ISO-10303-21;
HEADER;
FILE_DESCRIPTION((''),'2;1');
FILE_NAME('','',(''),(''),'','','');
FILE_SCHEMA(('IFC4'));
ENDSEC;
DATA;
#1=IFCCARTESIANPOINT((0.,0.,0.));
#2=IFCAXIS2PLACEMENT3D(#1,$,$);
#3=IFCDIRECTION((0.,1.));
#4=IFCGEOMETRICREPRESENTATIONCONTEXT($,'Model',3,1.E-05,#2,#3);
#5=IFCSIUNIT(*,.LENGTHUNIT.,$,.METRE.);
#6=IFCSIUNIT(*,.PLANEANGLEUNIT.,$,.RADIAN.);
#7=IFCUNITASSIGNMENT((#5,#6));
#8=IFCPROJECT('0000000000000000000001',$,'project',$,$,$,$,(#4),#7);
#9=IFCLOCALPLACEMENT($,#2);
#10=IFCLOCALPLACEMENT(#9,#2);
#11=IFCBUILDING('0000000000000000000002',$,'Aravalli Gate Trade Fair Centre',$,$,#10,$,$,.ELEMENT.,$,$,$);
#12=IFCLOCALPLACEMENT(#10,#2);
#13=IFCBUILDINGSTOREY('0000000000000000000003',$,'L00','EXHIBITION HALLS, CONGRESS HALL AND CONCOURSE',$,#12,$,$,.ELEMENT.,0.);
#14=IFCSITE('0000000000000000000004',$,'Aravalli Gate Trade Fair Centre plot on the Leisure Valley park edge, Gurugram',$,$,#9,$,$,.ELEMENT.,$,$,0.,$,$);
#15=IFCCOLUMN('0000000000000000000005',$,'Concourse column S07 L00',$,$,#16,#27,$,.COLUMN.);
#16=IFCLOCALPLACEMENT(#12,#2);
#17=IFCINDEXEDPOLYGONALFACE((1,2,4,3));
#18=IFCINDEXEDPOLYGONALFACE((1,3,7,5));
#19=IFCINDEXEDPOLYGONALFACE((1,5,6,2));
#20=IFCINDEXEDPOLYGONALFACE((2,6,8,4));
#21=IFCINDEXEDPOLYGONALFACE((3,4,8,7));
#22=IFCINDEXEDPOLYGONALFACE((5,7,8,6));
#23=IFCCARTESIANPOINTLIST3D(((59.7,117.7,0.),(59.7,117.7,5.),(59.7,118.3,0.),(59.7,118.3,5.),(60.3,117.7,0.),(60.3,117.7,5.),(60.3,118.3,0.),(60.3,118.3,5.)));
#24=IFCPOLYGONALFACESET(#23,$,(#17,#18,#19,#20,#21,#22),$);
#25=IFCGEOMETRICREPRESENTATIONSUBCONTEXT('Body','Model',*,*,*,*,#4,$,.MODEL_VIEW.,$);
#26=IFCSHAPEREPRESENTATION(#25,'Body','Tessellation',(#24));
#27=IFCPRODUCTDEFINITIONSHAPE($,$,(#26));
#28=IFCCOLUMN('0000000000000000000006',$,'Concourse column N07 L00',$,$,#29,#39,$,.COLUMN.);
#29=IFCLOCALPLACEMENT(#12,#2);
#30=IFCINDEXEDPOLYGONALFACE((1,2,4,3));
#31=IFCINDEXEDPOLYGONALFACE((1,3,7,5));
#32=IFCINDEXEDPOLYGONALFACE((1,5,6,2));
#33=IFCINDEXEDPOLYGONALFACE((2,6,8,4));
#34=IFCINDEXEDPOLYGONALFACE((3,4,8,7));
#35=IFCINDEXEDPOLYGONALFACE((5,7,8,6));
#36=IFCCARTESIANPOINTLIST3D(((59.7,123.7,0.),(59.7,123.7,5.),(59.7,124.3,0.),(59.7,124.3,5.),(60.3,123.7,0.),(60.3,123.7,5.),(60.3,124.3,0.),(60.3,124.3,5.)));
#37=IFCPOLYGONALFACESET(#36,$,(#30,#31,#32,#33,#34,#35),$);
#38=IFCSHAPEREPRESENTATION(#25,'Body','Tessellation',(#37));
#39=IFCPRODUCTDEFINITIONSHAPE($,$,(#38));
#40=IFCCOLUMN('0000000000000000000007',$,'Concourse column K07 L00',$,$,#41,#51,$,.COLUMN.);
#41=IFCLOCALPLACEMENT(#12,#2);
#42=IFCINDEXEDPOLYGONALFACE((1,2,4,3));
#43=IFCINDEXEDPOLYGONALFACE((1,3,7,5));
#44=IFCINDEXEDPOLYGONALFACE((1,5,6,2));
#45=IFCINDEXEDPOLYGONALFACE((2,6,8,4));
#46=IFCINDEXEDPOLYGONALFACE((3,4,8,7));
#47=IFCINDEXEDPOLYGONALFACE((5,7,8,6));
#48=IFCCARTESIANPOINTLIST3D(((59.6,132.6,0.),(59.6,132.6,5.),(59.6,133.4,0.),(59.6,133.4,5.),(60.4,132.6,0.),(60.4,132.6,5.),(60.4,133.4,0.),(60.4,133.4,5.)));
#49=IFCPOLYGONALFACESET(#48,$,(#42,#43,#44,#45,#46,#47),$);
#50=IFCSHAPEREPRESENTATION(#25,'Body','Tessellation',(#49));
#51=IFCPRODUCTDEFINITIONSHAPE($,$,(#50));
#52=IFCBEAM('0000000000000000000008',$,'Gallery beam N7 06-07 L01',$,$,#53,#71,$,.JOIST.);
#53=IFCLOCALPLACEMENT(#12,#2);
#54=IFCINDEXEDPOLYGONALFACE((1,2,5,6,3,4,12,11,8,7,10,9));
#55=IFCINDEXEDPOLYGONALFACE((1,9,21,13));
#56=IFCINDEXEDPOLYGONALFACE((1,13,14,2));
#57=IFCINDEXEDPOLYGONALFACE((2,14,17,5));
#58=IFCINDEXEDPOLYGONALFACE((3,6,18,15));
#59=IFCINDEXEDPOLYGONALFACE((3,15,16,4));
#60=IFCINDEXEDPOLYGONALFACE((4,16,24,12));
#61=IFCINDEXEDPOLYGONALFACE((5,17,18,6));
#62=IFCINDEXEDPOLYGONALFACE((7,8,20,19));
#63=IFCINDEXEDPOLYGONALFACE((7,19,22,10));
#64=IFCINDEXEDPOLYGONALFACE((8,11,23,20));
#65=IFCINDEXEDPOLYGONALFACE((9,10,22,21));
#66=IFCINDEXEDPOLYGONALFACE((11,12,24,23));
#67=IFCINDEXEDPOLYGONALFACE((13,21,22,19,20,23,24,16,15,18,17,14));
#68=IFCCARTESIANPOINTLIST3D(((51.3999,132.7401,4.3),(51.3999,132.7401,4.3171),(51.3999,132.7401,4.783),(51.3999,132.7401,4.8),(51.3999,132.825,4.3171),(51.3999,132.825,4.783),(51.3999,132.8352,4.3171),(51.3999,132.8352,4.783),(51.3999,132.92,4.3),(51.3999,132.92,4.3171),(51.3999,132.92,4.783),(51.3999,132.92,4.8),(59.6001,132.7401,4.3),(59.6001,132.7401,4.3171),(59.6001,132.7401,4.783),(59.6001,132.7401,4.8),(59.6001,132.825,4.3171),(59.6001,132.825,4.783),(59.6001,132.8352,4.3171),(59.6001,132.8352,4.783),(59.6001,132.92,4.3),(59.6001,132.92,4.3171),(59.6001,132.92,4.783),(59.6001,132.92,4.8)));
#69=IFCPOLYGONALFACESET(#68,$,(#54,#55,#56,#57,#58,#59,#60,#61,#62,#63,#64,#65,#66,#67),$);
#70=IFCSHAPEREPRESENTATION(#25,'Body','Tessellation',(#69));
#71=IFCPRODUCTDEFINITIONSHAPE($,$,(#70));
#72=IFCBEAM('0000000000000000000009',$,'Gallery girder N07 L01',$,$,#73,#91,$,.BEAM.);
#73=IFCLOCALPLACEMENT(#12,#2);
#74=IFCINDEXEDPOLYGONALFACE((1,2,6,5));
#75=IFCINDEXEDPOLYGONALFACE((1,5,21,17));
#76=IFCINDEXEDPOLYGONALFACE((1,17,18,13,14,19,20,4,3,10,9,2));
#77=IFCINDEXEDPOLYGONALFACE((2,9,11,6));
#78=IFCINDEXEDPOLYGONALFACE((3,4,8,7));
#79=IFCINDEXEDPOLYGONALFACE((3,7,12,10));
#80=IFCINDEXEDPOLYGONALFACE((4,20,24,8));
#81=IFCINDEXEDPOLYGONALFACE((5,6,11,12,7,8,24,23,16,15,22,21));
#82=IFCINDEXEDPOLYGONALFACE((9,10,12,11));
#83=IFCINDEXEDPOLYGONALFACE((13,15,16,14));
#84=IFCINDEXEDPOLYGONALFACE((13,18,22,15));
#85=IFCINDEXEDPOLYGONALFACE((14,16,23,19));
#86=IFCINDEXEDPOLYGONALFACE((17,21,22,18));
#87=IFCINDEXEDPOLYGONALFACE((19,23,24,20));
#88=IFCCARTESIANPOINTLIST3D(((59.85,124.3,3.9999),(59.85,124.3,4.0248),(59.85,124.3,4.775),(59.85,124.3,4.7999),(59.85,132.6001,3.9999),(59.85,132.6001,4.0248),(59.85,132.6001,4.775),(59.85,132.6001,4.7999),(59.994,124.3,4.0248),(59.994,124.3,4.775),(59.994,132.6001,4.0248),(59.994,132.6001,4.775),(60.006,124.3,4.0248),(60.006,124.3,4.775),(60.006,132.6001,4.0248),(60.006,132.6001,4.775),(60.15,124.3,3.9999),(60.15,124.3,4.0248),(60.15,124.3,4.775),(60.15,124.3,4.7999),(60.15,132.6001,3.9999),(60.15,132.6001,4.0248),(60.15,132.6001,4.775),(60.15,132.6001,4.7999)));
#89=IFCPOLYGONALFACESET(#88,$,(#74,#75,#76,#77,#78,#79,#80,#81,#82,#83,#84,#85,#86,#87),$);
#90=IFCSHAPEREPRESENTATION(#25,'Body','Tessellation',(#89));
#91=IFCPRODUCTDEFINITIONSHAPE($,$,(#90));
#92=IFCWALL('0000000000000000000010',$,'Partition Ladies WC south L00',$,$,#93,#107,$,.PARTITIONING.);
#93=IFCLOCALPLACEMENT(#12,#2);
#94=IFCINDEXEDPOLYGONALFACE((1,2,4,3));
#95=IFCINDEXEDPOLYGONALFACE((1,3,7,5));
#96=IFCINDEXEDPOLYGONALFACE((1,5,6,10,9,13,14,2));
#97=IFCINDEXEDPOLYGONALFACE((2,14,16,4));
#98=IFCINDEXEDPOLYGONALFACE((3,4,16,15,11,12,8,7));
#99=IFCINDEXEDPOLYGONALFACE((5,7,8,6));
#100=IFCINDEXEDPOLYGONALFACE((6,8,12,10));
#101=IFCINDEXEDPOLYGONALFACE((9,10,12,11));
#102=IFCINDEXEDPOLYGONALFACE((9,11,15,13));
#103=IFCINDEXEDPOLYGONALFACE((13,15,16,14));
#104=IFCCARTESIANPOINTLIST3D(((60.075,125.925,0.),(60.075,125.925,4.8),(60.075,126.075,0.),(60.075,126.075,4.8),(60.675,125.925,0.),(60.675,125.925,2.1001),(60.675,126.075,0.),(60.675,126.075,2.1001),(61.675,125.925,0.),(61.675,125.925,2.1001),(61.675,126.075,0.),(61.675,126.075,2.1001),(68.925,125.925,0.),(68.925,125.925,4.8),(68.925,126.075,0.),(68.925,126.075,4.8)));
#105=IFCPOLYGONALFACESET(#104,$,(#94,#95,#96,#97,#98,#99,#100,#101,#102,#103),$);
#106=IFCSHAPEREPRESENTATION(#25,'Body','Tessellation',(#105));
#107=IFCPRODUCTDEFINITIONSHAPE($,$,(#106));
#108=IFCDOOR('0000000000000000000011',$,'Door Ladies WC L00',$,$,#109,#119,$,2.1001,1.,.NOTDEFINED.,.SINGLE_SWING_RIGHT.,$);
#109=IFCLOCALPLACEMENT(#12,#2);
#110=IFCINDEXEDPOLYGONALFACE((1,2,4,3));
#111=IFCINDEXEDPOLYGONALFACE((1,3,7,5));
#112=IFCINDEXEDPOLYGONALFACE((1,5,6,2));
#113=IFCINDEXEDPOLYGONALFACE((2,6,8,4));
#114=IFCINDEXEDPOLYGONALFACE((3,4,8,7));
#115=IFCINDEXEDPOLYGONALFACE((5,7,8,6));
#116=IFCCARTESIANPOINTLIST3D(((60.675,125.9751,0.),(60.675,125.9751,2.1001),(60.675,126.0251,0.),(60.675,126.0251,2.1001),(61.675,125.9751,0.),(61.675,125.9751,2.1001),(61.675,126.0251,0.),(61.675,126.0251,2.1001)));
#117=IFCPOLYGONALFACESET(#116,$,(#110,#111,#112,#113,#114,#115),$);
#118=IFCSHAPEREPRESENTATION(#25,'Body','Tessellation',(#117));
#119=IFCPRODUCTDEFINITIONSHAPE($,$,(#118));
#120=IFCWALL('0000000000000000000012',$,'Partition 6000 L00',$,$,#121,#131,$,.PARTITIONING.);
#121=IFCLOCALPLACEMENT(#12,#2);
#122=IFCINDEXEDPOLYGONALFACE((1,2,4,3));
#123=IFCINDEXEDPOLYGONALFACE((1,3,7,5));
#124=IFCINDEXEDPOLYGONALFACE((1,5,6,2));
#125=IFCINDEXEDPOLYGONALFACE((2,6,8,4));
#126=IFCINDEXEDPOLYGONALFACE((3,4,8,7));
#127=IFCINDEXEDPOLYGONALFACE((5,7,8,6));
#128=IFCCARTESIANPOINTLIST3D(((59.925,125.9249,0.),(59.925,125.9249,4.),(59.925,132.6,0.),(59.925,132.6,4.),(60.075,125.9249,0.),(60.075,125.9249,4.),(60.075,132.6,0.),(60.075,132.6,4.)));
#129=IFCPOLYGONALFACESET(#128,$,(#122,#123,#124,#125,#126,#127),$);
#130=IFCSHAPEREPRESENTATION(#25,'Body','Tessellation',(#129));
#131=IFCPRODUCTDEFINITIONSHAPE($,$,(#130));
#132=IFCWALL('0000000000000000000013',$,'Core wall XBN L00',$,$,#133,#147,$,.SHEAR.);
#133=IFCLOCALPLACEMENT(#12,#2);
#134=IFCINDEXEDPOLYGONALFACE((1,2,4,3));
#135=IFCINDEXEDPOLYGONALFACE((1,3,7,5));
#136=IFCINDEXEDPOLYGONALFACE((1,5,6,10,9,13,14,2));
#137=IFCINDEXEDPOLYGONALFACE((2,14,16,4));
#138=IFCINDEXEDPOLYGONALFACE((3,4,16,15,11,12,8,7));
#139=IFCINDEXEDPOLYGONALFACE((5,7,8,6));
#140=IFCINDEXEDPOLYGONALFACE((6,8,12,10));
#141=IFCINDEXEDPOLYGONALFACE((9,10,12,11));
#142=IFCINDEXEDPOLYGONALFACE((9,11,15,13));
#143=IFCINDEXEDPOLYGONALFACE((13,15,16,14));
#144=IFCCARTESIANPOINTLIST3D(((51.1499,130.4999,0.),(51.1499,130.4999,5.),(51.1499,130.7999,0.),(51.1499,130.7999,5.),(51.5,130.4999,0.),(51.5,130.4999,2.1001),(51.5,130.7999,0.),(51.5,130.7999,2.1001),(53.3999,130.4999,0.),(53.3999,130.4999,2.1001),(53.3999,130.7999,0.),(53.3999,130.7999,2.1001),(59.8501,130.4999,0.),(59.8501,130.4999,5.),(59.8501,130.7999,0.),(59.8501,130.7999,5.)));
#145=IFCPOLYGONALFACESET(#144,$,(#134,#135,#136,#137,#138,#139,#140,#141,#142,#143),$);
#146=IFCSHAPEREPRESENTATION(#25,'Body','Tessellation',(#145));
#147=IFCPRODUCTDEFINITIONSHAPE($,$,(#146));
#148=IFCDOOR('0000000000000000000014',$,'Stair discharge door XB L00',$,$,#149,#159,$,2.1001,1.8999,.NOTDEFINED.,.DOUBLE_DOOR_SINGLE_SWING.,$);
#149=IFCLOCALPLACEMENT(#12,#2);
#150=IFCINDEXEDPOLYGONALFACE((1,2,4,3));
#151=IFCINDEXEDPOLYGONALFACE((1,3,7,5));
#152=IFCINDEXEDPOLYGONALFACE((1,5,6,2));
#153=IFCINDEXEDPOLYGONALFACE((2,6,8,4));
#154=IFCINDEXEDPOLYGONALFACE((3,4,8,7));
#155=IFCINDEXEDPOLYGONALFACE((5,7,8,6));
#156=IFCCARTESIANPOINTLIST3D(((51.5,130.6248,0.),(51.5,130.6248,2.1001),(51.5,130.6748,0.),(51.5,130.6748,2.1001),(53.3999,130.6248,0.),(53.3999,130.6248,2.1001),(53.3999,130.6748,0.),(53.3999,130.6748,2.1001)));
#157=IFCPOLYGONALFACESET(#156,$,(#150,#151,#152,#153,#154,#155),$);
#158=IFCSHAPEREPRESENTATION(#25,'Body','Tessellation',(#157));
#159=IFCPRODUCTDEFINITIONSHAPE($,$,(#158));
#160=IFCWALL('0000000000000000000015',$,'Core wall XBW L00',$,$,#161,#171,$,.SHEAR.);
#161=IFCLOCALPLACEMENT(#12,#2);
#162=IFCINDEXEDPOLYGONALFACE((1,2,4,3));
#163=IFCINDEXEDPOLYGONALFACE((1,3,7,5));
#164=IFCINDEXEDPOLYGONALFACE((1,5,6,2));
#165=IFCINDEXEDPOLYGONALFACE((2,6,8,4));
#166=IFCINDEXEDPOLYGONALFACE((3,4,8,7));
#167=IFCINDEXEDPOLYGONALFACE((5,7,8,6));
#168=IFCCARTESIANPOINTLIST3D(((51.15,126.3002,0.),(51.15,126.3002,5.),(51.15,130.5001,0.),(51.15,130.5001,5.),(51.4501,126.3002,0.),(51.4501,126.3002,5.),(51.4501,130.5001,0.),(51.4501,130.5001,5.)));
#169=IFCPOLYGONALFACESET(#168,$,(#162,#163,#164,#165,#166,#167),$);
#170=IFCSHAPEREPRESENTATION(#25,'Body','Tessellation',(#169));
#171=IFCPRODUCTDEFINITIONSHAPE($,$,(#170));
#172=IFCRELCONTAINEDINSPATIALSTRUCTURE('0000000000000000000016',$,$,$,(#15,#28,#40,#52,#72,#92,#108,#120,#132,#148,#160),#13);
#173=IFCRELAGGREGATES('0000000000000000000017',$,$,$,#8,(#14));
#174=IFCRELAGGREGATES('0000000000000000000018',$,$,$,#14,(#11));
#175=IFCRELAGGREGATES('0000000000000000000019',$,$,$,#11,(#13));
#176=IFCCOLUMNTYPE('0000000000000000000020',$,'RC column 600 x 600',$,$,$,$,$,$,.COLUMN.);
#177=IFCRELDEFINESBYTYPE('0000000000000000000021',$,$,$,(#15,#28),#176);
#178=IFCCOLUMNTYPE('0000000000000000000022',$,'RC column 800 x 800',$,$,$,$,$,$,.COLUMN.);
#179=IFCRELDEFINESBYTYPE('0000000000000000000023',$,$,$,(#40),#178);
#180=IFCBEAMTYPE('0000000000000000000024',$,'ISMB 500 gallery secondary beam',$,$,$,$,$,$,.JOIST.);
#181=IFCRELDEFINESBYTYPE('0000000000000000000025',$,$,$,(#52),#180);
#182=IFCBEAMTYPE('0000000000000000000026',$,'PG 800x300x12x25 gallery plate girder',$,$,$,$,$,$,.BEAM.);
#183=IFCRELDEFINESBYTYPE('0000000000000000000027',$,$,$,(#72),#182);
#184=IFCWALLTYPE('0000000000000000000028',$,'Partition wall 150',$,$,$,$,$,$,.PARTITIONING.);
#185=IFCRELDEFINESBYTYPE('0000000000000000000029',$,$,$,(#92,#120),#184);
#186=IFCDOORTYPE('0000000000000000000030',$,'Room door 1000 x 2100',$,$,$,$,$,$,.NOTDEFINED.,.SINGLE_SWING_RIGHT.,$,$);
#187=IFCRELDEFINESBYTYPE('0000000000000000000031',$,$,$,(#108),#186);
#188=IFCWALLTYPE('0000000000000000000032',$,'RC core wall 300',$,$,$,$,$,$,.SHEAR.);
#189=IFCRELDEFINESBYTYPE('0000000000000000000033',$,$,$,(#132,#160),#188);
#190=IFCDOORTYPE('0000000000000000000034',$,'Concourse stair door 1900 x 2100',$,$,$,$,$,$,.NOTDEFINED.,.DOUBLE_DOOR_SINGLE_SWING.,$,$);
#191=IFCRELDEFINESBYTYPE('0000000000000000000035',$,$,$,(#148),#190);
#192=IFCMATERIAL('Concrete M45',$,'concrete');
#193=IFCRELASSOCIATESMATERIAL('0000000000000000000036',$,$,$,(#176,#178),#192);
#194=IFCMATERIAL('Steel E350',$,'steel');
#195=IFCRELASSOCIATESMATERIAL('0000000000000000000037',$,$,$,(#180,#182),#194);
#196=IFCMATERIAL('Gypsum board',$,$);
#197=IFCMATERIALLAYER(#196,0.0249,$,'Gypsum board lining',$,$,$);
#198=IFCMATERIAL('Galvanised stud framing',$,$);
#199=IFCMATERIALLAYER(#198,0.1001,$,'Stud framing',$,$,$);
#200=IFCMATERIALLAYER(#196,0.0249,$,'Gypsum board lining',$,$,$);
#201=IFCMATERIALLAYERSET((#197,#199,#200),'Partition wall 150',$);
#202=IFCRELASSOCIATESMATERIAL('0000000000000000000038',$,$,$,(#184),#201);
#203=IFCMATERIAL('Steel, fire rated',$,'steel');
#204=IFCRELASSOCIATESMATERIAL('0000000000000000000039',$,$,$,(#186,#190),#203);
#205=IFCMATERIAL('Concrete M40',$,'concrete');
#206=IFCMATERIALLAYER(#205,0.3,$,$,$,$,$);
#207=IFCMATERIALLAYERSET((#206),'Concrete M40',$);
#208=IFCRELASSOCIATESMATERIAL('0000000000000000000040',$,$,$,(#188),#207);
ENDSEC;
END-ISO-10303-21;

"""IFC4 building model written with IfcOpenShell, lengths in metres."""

from ifc_helpers import new_model, si_unit, direction, frame, frame_2d, origin, origin_2d, place, context, subcontext, project, spatial, rectangle, i_section, extrude, material, layer, layer_set, material_profile, profile_set, type_object, element, fill, save


model = new_model("IFC4")

# Units and contexts
model_context = context("Model", 3, precision=1e-05, world=origin(), true_north=direction((0.0, 1.0)))
body_context = subcontext(model_context, "Body", "Model", "MODEL_VIEW")
ifc_project = project(units=[si_unit("LENGTHUNIT", "METRE"), si_unit("PLANEANGLEUNIT", "RADIAN")], contexts=[model_context])

# Site, building, storey
site_placement = place(None, origin())
site = spatial("IfcSite", under=ifc_project, at=site_placement, Name="Aravalli Gate Trade Fair Centre plot on the Leisure Valley park edge, Gurugram", CompositionType="ELEMENT", RefElevation=0.0)
building_placement = place(site_placement, origin())
building = spatial("IfcBuilding", under=site, at=building_placement, Name="Aravalli Gate Trade Fair Centre", CompositionType="ELEMENT")
storey_placement = place(building_placement, origin())
storey = spatial("IfcBuildingStorey", under=building, at=storey_placement, Name="L00", Description="EXHIBITION HALLS, CONGRESS HALL AND CONCOURSE", CompositionType="ELEMENT", Elevation=0.0)

# Columns
ifc_material_1 = material(Name="Concrete M45", Category="concrete")
ifc_material_profile_1 = material_profile(ifc_material_1, rectangle(XDim=0.6001, YDim=0.6001, at=origin_2d()), Name="RC column 600 x 600")
ifc_profile_set_1 = profile_set([ifc_material_profile_1], Name="Concrete M45")
column_type_1 = type_object("IfcColumnType", Name="RC column 600 x 600", PredefinedType="COLUMN", material=ifc_profile_set_1)
for number, where, z_axis, x_axis, name in (
    (1, (60.0, 118.0, 0.0), (0.0, 0.0, 1.0), (1.0, 0.0, 0.0), "Concourse column S07 L00"),
    (2, (60.0, 124.0, 0.0), (0.0, 0.0, 1.0), (1.0, 0.0, 0.0), "Concourse column N07 L00"),
):
    element("IfcColumn", number, at=place(storey_placement, frame(where, z_axis=z_axis, x_axis=x_axis)), inside=storey, type_object=column_type_1, Name=name, PredefinedType="COLUMN", context=body_context, shape_type="SweptSolid", body=[
        extrude(rectangle(XDim=0.6001, YDim=0.6001, at=origin_2d()), origin(), (0.0, 0.0, 1.0), 5.0),
    ])
ifc_material_profile_2 = material_profile(ifc_material_1, rectangle(XDim=0.8, YDim=0.8, at=origin_2d()), Name="RC column 800 x 800")
ifc_profile_set_2 = profile_set([ifc_material_profile_2], Name="Concrete M45")
column_type_2 = type_object("IfcColumnType", Name="RC column 800 x 800", PredefinedType="COLUMN", material=ifc_profile_set_2)
column_placement = place(storey_placement, frame((60.0, 133.0, 0.0), z_axis=(0.0, 0.0, 1.0), x_axis=(1.0, 0.0, 0.0)))
element("IfcColumn", 3, at=column_placement, inside=storey, type_object=column_type_2, Name="Concourse column K07 L00", PredefinedType="COLUMN", context=body_context, shape_type="SweptSolid", body=[
    extrude(rectangle(XDim=0.8, YDim=0.8, at=origin_2d()), origin(), (0.0, 0.0, 1.0), 5.0),
])

# Beams
ifc_material_2 = material(Name="Steel E350", Category="steel")
ifc_material_profile_3 = material_profile(ifc_material_2, i_section(OverallWidth=0.1799, OverallDepth=0.5, WebThickness=0.0103, FlangeThickness=0.0171, at=origin_2d()), Name="ISMB 500")
ifc_profile_set_3 = profile_set([ifc_material_profile_3], Name="Steel E350")
beam_type_1 = type_object("IfcBeamType", Name="ISMB 500 gallery secondary beam", PredefinedType="JOIST", material=ifc_profile_set_3)
beam_1_placement = place(storey_placement, frame((51.3999, 132.8301, 4.55), z_axis=(1.0, 0.0, 0.0), x_axis=(0.0, 1.0, 0.0)))
element("IfcBeam", 4, at=beam_1_placement, inside=storey, type_object=beam_type_1, Name="Gallery beam N7 06-07 L01", PredefinedType="JOIST", context=body_context, shape_type="SweptSolid", body=[
    extrude(i_section(OverallWidth=0.1799, OverallDepth=0.5, WebThickness=0.0103, FlangeThickness=0.0171, at=origin_2d()), origin(), (0.0, 0.0, 1.0), 8.2002),
])
ifc_material_profile_4 = material_profile(ifc_material_2, i_section(OverallWidth=0.3, OverallDepth=0.8, WebThickness=0.012, FlangeThickness=0.0249, at=origin_2d()), Name="PG 800x300x12x25")
ifc_profile_set_4 = profile_set([ifc_material_profile_4], Name="Steel E350")
beam_type_2 = type_object("IfcBeamType", Name="PG 800x300x12x25 gallery plate girder", PredefinedType="BEAM", material=ifc_profile_set_4)
beam_2_placement = place(storey_placement, frame((60.0, 124.3, 4.3999), z_axis=(0.0, 1.0, 0.0), x_axis=(-1.0, 0.0, 0.0)))
element("IfcBeam", 5, at=beam_2_placement, inside=storey, type_object=beam_type_2, Name="Gallery girder N07 L01", PredefinedType="BEAM", context=body_context, shape_type="SweptSolid", body=[
    extrude(i_section(OverallWidth=0.3, OverallDepth=0.8, WebThickness=0.012, FlangeThickness=0.0249, at=origin_2d()), origin(), (0.0, 0.0, 1.0), 8.3),
])

# Wall, opening, door
ifc_material_3 = material(Name="Gypsum board")
ifc_layer_1 = layer(ifc_material_3, 0.0249, Name="Gypsum board lining")
ifc_material_4 = material(Name="Galvanised stud framing")
ifc_layer_2 = layer(ifc_material_4, 0.1001, Name="Stud framing")
ifc_layer_3 = layer(ifc_material_3, 0.0249, Name="Gypsum board lining")
ifc_layer_set_1 = layer_set([ifc_layer_1, ifc_layer_2, ifc_layer_3], Name="Partition wall 150")
wall_type_1 = type_object("IfcWallType", Name="Partition wall 150", PredefinedType="PARTITIONING", material=ifc_layer_set_1)
wall_1_placement = place(storey_placement, frame((60.075, 126.0, 0.0), z_axis=(0.0, 0.0, 1.0), x_axis=(1.0, 0.0, 0.0)))
wall_1 = element("IfcWall", 6, at=wall_1_placement, inside=storey, type_object=wall_type_1, Name="Partition Ladies WC south L00", PredefinedType="PARTITIONING", context=body_context, shape_type="SweptSolid", body=[
    extrude(rectangle(XDim=8.8501, YDim=0.1499, at=frame_2d((4.425, 0.0))), origin(), (0.0, 0.0, 1.0), 4.8),
])
opening_1_placement = place(wall_1_placement, frame((0.6001, 0.0, 0.0)))
opening_1 = element("IfcOpeningElement", 7, at=opening_1_placement, cuts=wall_1, PredefinedType="OPENING", context=body_context, shape_type="SweptSolid", body=[
    extrude(rectangle(XDim=1.0, YDim=2.1001, at=frame_2d((0.5, 1.05))), frame((0.0, 0.085, 0.0), z_axis=(0.0, -1.0, 0.0), x_axis=(1.0, 0.0, 0.0)), (0.0, 0.0, 1.0), 0.1699),
])
ifc_material_5 = material(Name="Steel, fire rated", Category="steel")
door_type_1 = type_object("IfcDoorType", Name="Room door 1000 x 2100", OperationType="SINGLE_SWING_RIGHT", PredefinedType="NOTDEFINED", material=ifc_material_5)
door_1_placement = place(opening_1_placement, frame((1.0, 0.0, 0.0), z_axis=(0.0, 0.0, 1.0), x_axis=(-1.0, 0.0, 0.0)))
door_1 = element("IfcDoor", 8, at=door_1_placement, inside=storey, type_object=door_type_1, Name="Door Ladies WC L00", OperationType="SINGLE_SWING_RIGHT", OverallHeight=2.1001, OverallWidth=1.0, PredefinedType="NOTDEFINED", context=body_context, shape_type="SweptSolid", body=[
    extrude(rectangle(XDim=1.0, YDim=2.1001, at=frame_2d((0.5, 1.05))), frame((0.0, 0.0249, 0.0), z_axis=(0.0, -1.0, 0.0), x_axis=(1.0, 0.0, 0.0)), (0.0, 0.0, 1.0), 0.05),
])
fill(opening_1, door_1)

# Wall
wall_2_placement = place(storey_placement, frame((60.0, 125.925, 0.0), z_axis=(0.0, 0.0, 1.0), x_axis=(0.0, 1.0, 0.0)))
element("IfcWall", 9, at=wall_2_placement, inside=storey, type_object=wall_type_1, Name="Partition 6000 L00", PredefinedType="PARTITIONING", context=body_context, shape_type="SweptSolid", body=[
    extrude(rectangle(XDim=6.675, YDim=0.1499, at=frame_2d((3.3374, 0.0))), origin(), (0.0, 0.0, 1.0), 4.0),
])

# Wall, opening, door
ifc_material_6 = material(Name="Concrete M40", Category="concrete")
ifc_layer_4 = layer(ifc_material_6, 0.3)
ifc_layer_set_2 = layer_set([ifc_layer_4], Name="Concrete M40")
wall_type_2 = type_object("IfcWallType", Name="RC core wall 300", PredefinedType="SHEAR", material=ifc_layer_set_2)
wall_3_placement = place(storey_placement, frame((51.1499, 130.6499, 0.0), z_axis=(0.0, 0.0, 1.0), x_axis=(1.0, 0.0, 0.0)))
wall_3 = element("IfcWall", 10, at=wall_3_placement, inside=storey, type_object=wall_type_2, Name="Core wall XBN L00", PredefinedType="SHEAR", context=body_context, shape_type="SweptSolid", body=[
    extrude(rectangle(XDim=8.7002, YDim=0.3, at=frame_2d((4.3501, 0.0))), origin(), (0.0, 0.0, 1.0), 5.0),
])
opening_2_placement = place(wall_3_placement, frame((0.3501, 0.0, 0.0)))
opening_2 = element("IfcOpeningElement", 11, at=opening_2_placement, cuts=wall_3, PredefinedType="OPENING", context=body_context, shape_type="SweptSolid", body=[
    extrude(rectangle(XDim=1.8999, YDim=2.1001, at=frame_2d((0.95, 1.05))), frame((0.0, 0.1599, 0.0), z_axis=(0.0, -1.0, 0.0), x_axis=(1.0, 0.0, 0.0)), (0.0, 0.0, 1.0), 0.3201),
])
door_type_2 = type_object("IfcDoorType", Name="Concourse stair door 1900 x 2100", OperationType="DOUBLE_DOOR_SINGLE_SWING", PredefinedType="NOTDEFINED", material=ifc_material_5)
door_2_placement = place(opening_2_placement, origin())
door_2 = element("IfcDoor", 12, at=door_2_placement, inside=storey, type_object=door_type_2, Name="Stair discharge door XB L00", OperationType="DOUBLE_DOOR_SINGLE_SWING", OverallHeight=2.1001, OverallWidth=1.8999, PredefinedType="NOTDEFINED", context=body_context, shape_type="SweptSolid", body=[
    extrude(rectangle(XDim=1.8999, YDim=2.1001, at=frame_2d((0.95, 1.05))), frame((0.0, 0.0249, 0.0), z_axis=(0.0, -1.0, 0.0), x_axis=(1.0, 0.0, 0.0)), (0.0, 0.0, 1.0), 0.05),
])
fill(opening_2, door_2)

# Wall
for number, where, z_axis, x_axis, name in (
    (13, (51.3, 126.3, 0.0), (0.0, 0.0, 1.0), (0.0, 1.0, 0.0), "Core wall XBW L00"),
):
    element("IfcWall", number, at=place(storey_placement, frame(where, z_axis=z_axis, x_axis=x_axis)), inside=storey, type_object=wall_type_2, Name=name, PredefinedType="SHEAR", context=body_context, shape_type="SweptSolid", body=[
        extrude(rectangle(XDim=4.2, YDim=0.3, at=frame_2d((2.1001, 0.0))), origin(), (0.0, 0.0, 1.0), 5.0),
    ])

save(model, "model.ifc")
